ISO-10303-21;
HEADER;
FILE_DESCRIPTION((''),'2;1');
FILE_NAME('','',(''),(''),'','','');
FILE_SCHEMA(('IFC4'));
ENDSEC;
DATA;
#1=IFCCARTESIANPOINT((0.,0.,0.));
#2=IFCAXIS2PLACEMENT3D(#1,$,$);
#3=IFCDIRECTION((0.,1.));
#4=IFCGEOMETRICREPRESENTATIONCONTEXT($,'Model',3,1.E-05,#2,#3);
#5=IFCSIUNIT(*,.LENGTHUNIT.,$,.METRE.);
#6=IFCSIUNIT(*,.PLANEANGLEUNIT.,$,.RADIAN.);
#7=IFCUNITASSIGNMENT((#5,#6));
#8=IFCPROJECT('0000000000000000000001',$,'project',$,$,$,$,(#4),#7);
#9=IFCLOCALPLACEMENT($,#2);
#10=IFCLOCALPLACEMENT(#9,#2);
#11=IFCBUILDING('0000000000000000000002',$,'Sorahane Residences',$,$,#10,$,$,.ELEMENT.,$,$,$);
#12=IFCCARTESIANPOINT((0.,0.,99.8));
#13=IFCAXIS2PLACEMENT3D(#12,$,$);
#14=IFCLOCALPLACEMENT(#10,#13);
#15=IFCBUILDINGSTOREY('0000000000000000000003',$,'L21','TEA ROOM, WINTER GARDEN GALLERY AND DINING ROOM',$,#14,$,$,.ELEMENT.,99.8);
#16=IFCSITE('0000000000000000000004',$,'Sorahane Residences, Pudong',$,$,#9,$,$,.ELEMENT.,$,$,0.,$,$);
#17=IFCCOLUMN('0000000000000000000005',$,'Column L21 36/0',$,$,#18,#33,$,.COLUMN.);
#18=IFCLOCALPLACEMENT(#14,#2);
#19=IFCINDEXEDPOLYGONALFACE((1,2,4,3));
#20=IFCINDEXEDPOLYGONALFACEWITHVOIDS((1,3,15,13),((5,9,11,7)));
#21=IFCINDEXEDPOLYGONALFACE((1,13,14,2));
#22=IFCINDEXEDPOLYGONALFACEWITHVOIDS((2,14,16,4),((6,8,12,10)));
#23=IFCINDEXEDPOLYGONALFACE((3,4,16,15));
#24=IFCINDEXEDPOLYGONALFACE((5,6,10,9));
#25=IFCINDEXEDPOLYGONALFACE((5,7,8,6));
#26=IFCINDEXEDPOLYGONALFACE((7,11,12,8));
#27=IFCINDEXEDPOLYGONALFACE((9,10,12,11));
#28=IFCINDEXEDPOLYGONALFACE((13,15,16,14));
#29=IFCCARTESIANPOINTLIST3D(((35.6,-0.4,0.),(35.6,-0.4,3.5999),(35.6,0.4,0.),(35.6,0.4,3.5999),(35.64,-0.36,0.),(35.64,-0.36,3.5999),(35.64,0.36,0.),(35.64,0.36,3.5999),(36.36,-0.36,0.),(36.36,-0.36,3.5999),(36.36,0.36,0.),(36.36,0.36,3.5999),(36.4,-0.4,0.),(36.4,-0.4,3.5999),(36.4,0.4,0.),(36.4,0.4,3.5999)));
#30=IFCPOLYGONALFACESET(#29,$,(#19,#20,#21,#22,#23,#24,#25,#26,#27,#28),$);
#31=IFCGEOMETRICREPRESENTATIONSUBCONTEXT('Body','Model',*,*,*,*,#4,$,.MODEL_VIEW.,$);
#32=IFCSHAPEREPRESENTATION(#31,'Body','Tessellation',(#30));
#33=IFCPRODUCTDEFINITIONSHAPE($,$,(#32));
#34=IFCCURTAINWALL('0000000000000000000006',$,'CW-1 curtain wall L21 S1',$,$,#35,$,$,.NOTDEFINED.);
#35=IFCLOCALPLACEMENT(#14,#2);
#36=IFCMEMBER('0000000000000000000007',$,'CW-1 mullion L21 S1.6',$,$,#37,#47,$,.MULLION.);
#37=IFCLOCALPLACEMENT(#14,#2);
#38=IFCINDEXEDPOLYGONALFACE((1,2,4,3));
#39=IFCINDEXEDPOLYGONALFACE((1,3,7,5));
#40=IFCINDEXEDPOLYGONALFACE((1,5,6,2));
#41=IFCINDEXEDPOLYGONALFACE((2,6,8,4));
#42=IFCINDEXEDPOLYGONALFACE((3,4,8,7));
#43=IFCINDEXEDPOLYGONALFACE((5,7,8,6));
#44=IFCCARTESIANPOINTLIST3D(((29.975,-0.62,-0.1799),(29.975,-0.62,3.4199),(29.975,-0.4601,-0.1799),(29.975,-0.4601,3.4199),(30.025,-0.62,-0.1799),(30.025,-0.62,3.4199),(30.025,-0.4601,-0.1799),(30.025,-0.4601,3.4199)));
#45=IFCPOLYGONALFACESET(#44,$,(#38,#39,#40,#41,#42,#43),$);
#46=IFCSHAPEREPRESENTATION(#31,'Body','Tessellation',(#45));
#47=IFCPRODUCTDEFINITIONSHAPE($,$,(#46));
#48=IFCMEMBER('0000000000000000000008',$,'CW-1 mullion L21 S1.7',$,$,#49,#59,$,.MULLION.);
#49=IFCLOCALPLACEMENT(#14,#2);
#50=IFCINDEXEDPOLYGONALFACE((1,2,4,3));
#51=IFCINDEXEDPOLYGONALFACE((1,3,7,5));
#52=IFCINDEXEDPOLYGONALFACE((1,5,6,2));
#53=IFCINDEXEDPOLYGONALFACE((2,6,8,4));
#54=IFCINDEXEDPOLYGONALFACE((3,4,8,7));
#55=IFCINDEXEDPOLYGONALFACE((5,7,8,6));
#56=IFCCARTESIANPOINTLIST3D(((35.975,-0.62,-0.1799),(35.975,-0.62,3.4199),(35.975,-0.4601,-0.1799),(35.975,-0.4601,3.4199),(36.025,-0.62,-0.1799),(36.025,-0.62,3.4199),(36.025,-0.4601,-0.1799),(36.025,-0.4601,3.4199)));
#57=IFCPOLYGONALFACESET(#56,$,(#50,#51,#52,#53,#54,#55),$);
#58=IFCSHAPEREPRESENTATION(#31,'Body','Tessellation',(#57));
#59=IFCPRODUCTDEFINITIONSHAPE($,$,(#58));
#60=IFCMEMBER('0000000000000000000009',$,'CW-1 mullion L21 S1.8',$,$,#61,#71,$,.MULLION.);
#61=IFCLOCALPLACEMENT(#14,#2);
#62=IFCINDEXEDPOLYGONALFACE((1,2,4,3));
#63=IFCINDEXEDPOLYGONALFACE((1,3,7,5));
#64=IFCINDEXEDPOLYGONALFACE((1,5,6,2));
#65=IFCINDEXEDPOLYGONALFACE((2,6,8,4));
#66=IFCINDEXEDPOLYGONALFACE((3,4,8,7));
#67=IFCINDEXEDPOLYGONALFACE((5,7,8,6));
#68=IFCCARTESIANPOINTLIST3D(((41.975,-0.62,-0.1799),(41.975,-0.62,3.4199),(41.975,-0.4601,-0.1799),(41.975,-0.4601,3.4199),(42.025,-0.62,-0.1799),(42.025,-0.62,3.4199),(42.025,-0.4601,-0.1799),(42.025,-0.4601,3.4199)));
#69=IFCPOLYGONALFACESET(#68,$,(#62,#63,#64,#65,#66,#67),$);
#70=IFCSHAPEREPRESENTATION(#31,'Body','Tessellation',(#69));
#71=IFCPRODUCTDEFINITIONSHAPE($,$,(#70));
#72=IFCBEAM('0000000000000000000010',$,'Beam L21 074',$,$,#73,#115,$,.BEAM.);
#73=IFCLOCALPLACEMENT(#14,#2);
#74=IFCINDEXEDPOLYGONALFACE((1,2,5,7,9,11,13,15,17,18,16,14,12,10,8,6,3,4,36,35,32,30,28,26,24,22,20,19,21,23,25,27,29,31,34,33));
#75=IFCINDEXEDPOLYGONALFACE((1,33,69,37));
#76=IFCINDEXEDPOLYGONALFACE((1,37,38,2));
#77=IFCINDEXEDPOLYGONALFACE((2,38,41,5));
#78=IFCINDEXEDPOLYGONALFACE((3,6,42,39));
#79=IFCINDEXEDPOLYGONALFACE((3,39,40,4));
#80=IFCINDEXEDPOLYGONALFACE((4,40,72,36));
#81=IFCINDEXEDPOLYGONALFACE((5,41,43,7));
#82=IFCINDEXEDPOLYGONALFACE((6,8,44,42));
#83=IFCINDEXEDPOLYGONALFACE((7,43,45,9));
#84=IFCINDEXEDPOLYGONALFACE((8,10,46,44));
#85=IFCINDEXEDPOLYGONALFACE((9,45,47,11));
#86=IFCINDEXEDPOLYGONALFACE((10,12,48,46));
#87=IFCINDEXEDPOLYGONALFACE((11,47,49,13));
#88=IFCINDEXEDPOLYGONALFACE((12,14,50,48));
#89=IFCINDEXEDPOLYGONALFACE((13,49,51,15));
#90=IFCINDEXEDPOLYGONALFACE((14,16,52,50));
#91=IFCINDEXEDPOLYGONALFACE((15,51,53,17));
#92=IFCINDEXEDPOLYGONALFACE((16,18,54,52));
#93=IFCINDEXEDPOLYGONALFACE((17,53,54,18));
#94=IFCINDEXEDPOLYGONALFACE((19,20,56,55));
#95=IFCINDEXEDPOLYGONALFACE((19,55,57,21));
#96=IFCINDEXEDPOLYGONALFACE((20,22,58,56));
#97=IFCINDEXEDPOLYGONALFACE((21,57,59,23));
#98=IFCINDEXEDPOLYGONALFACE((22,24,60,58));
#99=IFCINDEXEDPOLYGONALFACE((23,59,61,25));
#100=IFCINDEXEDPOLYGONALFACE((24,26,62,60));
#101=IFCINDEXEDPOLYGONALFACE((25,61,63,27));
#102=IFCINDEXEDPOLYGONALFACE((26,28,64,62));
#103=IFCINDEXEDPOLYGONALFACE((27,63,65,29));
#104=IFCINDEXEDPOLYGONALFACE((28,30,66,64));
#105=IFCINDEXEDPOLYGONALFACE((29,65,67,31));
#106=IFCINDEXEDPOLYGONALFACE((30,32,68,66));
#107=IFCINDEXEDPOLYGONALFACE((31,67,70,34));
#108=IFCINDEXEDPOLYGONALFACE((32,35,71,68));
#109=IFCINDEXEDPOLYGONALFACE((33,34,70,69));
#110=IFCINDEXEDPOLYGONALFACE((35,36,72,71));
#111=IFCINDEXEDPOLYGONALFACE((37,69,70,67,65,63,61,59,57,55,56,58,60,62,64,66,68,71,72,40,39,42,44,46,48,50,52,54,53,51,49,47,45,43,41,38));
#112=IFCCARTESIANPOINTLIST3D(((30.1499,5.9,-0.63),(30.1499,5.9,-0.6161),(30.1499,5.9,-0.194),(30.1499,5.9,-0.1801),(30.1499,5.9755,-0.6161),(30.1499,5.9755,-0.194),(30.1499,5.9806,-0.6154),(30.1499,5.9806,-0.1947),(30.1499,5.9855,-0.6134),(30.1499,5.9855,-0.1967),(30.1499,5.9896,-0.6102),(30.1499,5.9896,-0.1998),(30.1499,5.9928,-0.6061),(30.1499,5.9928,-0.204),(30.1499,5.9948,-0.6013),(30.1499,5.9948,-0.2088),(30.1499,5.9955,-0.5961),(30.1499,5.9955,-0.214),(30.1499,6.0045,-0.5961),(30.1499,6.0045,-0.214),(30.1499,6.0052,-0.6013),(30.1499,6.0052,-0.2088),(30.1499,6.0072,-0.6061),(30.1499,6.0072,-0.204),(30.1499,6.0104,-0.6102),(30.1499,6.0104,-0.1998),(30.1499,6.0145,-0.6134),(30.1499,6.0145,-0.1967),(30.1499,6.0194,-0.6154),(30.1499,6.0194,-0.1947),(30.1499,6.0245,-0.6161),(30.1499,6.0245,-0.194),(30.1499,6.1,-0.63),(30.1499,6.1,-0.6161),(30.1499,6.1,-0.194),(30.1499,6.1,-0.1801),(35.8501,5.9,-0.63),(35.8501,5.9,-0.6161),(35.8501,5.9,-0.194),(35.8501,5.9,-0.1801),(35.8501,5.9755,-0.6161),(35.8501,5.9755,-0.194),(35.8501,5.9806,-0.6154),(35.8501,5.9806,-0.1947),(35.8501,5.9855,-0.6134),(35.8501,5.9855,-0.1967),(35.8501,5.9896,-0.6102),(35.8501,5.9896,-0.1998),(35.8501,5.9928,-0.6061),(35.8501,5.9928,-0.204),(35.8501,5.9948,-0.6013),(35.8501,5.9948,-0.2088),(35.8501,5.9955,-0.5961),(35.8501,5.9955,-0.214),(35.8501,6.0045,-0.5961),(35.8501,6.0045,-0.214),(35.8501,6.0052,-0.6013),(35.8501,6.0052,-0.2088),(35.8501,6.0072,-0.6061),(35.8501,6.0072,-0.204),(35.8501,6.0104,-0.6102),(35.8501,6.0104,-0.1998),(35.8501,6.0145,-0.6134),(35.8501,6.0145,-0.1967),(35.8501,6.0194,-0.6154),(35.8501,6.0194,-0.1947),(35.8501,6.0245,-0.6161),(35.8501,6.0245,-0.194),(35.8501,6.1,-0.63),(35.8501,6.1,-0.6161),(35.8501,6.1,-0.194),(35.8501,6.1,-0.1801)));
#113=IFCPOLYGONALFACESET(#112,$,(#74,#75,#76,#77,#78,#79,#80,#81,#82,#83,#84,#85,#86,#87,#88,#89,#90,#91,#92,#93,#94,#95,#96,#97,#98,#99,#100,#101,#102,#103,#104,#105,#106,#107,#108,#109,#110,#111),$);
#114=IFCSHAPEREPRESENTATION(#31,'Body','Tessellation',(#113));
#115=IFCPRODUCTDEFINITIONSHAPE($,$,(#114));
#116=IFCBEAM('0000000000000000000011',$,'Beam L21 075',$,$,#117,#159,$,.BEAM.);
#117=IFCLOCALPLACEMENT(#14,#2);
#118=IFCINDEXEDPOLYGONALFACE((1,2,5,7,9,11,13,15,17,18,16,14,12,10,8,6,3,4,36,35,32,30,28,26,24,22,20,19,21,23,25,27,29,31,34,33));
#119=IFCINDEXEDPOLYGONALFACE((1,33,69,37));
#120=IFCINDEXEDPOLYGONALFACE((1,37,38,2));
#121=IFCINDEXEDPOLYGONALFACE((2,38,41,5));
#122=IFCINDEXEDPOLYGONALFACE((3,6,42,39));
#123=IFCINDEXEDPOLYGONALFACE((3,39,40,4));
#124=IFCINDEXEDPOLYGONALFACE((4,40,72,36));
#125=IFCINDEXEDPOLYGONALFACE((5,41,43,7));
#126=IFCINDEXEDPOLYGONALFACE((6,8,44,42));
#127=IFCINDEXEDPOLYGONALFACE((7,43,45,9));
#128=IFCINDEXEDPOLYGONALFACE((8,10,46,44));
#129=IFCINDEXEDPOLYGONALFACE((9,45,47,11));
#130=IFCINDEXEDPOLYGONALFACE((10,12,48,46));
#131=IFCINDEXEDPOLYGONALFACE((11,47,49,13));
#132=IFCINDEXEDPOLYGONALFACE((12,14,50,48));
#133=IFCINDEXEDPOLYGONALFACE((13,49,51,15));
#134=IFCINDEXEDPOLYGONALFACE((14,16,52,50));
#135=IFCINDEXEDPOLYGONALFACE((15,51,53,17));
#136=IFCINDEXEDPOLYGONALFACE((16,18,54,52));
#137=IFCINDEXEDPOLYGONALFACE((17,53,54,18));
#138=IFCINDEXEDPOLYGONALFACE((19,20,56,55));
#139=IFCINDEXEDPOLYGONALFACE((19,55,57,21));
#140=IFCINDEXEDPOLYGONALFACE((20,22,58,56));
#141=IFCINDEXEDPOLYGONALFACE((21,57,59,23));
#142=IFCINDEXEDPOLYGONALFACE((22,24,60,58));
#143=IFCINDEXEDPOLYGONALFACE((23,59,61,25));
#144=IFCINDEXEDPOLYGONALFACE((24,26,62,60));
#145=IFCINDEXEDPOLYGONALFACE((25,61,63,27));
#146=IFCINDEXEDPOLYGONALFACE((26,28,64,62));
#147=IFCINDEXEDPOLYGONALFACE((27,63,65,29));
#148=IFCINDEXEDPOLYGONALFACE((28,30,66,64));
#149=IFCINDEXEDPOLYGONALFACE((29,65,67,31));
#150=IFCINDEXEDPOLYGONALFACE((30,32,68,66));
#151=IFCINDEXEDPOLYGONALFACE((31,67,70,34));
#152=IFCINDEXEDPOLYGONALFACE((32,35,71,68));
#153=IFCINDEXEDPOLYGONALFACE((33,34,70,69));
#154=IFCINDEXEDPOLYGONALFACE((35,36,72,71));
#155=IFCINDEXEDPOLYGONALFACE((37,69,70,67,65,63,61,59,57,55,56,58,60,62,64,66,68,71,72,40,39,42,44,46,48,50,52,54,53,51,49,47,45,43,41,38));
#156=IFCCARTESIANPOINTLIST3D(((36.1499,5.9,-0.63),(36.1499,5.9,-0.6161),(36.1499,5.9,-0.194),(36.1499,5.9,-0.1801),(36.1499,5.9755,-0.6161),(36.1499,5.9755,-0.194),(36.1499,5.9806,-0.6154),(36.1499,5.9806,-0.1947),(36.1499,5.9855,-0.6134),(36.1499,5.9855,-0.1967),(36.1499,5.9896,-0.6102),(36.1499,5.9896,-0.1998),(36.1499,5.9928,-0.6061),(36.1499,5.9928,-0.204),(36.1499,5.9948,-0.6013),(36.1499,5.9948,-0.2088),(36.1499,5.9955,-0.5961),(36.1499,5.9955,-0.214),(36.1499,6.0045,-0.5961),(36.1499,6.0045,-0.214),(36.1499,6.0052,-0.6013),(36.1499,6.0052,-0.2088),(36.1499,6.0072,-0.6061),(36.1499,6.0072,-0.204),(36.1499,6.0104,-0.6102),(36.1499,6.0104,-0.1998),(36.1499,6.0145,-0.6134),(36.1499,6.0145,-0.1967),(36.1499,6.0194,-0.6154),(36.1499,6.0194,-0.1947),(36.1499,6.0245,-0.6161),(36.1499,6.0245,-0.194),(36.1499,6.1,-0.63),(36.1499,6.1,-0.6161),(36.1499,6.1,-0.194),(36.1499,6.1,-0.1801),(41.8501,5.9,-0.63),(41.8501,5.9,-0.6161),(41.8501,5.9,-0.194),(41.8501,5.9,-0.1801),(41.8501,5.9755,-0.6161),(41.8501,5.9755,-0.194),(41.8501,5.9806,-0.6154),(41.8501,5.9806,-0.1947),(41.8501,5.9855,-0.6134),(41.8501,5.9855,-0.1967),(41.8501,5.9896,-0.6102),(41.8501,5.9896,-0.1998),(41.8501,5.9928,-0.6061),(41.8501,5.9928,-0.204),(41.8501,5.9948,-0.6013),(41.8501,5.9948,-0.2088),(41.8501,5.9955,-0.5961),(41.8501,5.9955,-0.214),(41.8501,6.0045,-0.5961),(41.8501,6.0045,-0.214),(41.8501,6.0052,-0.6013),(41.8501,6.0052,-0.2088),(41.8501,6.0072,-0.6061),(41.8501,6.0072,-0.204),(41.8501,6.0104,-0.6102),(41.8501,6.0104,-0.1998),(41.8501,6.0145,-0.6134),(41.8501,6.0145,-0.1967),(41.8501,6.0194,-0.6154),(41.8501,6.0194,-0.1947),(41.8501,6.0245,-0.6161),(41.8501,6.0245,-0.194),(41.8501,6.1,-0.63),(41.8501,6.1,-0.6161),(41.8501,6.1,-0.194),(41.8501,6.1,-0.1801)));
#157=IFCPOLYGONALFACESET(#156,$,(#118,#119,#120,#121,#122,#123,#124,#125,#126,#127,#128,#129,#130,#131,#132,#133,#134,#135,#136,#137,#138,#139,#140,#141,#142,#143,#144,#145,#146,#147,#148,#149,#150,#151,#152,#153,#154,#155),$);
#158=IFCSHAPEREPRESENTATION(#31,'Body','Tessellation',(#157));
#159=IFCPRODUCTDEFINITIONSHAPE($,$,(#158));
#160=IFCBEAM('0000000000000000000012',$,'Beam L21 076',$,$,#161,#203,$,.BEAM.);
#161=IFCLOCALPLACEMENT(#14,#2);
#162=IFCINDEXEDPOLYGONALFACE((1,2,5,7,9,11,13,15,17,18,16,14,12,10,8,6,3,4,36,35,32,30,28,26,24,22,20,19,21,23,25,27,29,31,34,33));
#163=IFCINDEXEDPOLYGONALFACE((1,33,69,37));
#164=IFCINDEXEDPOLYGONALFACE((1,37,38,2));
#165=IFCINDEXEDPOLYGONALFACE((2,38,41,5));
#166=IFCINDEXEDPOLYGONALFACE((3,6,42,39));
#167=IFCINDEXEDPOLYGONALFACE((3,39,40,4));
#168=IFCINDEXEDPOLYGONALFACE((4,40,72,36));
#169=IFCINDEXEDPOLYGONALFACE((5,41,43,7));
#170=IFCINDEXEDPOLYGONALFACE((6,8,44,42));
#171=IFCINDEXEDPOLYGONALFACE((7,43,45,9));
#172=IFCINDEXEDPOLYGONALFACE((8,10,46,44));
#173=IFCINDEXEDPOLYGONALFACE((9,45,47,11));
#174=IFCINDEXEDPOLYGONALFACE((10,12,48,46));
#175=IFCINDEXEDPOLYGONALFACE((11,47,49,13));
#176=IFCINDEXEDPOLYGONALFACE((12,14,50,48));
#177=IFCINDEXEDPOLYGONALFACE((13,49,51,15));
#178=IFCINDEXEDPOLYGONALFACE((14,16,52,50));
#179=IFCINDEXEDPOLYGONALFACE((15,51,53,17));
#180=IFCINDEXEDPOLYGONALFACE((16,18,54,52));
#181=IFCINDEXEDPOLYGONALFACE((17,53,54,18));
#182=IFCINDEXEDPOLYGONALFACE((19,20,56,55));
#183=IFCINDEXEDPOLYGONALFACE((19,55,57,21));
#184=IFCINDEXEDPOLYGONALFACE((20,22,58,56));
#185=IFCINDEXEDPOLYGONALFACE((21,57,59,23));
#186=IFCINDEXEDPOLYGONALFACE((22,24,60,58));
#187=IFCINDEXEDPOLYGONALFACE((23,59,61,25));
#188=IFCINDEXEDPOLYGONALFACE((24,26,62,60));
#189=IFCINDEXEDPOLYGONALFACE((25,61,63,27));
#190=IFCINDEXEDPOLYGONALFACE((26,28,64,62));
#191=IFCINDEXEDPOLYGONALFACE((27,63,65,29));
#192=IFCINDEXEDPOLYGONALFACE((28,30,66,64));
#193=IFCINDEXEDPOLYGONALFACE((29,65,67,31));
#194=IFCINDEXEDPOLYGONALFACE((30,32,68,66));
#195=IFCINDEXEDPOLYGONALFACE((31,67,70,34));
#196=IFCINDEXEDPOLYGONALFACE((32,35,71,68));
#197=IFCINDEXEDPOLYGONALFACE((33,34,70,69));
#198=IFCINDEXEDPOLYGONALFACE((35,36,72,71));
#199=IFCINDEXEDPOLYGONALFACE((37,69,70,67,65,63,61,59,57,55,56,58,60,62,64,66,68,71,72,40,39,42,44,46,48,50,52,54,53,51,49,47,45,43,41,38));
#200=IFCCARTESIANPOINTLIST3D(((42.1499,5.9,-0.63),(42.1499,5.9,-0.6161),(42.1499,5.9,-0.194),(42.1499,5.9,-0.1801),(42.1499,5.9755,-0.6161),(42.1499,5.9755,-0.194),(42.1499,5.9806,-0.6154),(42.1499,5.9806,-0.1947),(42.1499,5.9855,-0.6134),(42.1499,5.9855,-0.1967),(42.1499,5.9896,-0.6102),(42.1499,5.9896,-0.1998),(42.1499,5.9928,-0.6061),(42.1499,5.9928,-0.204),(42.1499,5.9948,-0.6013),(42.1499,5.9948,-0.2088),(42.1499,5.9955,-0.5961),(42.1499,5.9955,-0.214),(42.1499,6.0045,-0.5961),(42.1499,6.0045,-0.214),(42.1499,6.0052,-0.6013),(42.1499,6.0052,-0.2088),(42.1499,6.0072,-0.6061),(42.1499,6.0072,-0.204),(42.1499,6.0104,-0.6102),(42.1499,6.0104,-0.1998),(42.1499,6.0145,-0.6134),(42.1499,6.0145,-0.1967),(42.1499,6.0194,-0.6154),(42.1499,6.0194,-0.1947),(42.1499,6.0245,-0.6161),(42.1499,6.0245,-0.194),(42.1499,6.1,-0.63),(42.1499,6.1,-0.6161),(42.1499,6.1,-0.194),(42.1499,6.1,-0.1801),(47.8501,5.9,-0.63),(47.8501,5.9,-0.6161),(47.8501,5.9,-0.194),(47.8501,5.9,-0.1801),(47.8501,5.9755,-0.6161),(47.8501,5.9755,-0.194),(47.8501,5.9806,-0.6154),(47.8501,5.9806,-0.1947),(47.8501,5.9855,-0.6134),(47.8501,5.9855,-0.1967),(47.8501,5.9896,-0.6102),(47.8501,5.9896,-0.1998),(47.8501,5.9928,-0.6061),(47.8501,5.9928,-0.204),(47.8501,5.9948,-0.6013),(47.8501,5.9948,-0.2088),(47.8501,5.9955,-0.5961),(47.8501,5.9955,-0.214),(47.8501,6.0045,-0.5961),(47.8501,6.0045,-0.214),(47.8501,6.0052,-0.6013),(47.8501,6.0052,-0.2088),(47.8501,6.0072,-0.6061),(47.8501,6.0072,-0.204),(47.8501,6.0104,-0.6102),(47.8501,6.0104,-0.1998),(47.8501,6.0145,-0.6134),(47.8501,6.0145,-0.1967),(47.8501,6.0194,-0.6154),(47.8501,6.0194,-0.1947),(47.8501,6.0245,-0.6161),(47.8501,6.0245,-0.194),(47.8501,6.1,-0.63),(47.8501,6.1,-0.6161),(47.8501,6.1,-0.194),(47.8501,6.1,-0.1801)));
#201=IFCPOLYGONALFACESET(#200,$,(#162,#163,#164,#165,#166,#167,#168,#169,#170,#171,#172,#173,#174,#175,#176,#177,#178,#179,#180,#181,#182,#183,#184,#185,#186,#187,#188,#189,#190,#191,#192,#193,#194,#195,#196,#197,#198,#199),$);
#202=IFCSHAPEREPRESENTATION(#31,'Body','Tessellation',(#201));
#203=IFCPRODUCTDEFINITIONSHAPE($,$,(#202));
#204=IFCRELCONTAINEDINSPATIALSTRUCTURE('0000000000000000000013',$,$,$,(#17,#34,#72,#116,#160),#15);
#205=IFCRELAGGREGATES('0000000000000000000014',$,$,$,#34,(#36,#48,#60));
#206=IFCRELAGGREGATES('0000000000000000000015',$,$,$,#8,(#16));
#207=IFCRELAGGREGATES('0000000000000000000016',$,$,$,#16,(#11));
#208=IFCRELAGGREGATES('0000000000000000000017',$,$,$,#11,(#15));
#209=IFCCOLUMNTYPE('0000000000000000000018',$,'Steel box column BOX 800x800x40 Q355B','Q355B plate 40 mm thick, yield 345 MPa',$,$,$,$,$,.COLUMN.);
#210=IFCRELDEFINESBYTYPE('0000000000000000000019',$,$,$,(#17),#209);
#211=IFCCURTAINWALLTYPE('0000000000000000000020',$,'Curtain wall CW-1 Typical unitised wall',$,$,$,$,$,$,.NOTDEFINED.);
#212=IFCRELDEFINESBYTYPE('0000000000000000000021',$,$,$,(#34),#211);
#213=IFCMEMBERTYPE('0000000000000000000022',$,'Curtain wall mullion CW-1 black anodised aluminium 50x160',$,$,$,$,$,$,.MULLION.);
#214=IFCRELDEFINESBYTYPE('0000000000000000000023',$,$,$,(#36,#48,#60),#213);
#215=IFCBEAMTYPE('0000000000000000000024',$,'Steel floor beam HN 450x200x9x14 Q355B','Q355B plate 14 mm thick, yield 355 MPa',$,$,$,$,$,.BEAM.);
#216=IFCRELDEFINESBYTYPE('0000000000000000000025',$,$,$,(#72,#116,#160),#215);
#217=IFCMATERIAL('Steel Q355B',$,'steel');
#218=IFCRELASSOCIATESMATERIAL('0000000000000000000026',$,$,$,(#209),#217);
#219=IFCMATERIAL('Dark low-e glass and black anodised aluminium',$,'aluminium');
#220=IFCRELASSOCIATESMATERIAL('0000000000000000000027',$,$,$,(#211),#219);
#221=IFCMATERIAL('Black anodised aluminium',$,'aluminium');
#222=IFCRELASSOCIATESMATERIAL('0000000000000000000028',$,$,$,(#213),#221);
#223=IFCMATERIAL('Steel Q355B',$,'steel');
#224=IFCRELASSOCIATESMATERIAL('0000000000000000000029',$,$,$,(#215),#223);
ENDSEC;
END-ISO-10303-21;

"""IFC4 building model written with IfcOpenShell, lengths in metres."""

from ifc_helpers import new_model, si_unit, direction, frame, origin, origin_2d, place, context, subcontext, project, spatial, rectangle, hollow_rectangle, i_section, extrude, material, material_profile, profile_set, type_object, element, aggregate, save


model = new_model("IFC4")

# Units and contexts
model_context = context("Model", 3, precision=1e-05, world=origin(), true_north=direction((0.0, 1.0)))
body_context = subcontext(model_context, "Body", "Model", "MODEL_VIEW")
ifc_project = project(units=[si_unit("LENGTHUNIT", "METRE"), si_unit("PLANEANGLEUNIT", "RADIAN")], contexts=[model_context])

# Site, building, storey
site_placement = place(None, origin())
site = spatial("IfcSite", under=ifc_project, at=site_placement, Name="Sorahane Residences, Pudong", CompositionType="ELEMENT", RefElevation=0.0)
building_placement = place(site_placement, origin())
building = spatial("IfcBuilding", under=site, at=building_placement, Name="Sorahane Residences", CompositionType="ELEMENT")
storey_placement = place(building_placement, frame((0.0, 0.0, 99.8)))
storey = spatial("IfcBuildingStorey", under=building, at=storey_placement, Name="L21", Description="TEA ROOM, WINTER GARDEN GALLERY AND DINING ROOM", CompositionType="ELEMENT", Elevation=99.8)

# Column
ifc_material_1 = material(Name="Steel Q355B", Category="steel")
ifc_material_profile_1 = material_profile(ifc_material_1, hollow_rectangle(XDim=0.8, YDim=0.8, WallThickness=0.04, at=origin_2d()), Name="BOX 800x800x40")
ifc_profile_set_1 = profile_set([ifc_material_profile_1], Name="Steel Q355B")
column_type = type_object("IfcColumnType", Name="Steel box column BOX 800x800x40 Q355B", Description="Q355B plate 40 mm thick, yield 345 MPa", PredefinedType="COLUMN", material=ifc_profile_set_1)
column_placement = place(storey_placement, frame((36.0, 0.0, 0.0), z_axis=(0.0, 0.0, 1.0), x_axis=(1.0, 0.0, 0.0)))
element("IfcColumn", 1, at=column_placement, inside=storey, type_object=column_type, Name="Column L21 36/0", PredefinedType="COLUMN", context=body_context, shape_type="SweptSolid", body=[
    extrude(hollow_rectangle(XDim=0.8, YDim=0.8, WallThickness=0.04, at=origin_2d()), origin(), (0.0, 0.0, 1.0), 3.5999),
])

# Curtain wall, members
ifc_material_2 = material(Name="Dark low-e glass and black anodised aluminium", Category="aluminium")
curtain_wall_type = type_object("IfcCurtainWallType", Name="Curtain wall CW-1 Typical unitised wall", PredefinedType="NOTDEFINED", material=ifc_material_2)
curtain_wall_placement = place(storey_placement, origin())
curtain_wall = element("IfcCurtainWall", 2, at=curtain_wall_placement, inside=storey, type_object=curtain_wall_type, Name="CW-1 curtain wall L21 S1", PredefinedType="NOTDEFINED")
ifc_material_3 = material(Name="Black anodised aluminium", Category="aluminium")
ifc_material_profile_2 = material_profile(ifc_material_3, rectangle(XDim=0.1599, YDim=0.05, at=origin_2d()), Name="Curtain wall mullion CW-1 black anodised aluminium 50x160")
ifc_profile_set_2 = profile_set([ifc_material_profile_2], Name="Black anodised aluminium")
member_type = type_object("IfcMemberType", Name="Curtain wall mullion CW-1 black anodised aluminium 50x160", PredefinedType="MULLION", material=ifc_profile_set_2)
member_1_placement = place(storey_placement, frame((30.0, -0.54, -0.1799), z_axis=(0.0, 0.0, 1.0), x_axis=(0.0, -1.0, 0.0)))
member_1 = element("IfcMember", 3, at=member_1_placement, type_object=member_type, Name="CW-1 mullion L21 S1.6", PredefinedType="MULLION", context=body_context, shape_type="SweptSolid", body=[
    extrude(rectangle(XDim=0.1599, YDim=0.05, at=origin_2d()), origin(), (0.0, 0.0, 1.0), 3.5999),
])
member_2_placement = place(storey_placement, frame((36.0, -0.54, -0.1799), z_axis=(0.0, 0.0, 1.0), x_axis=(0.0, -1.0, 0.0)))
member_2 = element("IfcMember", 4, at=member_2_placement, type_object=member_type, Name="CW-1 mullion L21 S1.7", PredefinedType="MULLION", context=body_context, shape_type="SweptSolid", body=[
    extrude(rectangle(XDim=0.1599, YDim=0.05, at=origin_2d()), origin(), (0.0, 0.0, 1.0), 3.5999),
])
member_3_placement = place(storey_placement, frame((42.0, -0.54, -0.1799), z_axis=(0.0, 0.0, 1.0), x_axis=(0.0, -1.0, 0.0)))
member_3 = element("IfcMember", 5, at=member_3_placement, type_object=member_type, Name="CW-1 mullion L21 S1.8", PredefinedType="MULLION", context=body_context, shape_type="SweptSolid", body=[
    extrude(rectangle(XDim=0.1599, YDim=0.05, at=origin_2d()), origin(), (0.0, 0.0, 1.0), 3.5999),
])

# Beams
ifc_material_4 = material(Name="Steel Q355B", Category="steel")
ifc_material_profile_3 = material_profile(ifc_material_4, i_section(OverallWidth=0.2, OverallDepth=0.45, WebThickness=0.009, FlangeThickness=0.0139, FilletRadius=0.02, at=origin_2d()), Name="HN 450x200x9x14")
ifc_profile_set_3 = profile_set([ifc_material_profile_3], Name="Steel Q355B")
beam_type_1 = type_object("IfcBeamType", Name="Steel floor beam HN 450x200x9x14 Q355B", Description="Q355B plate 14 mm thick, yield 355 MPa", PredefinedType="BEAM", material=ifc_profile_set_3)
for number, where, z_axis, x_axis, name in (
    (6, (30.1499, 6.0, -0.405), (1.0, 0.0, 0.0), (0.0, 1.0, 0.0), "Beam L21 074"),
    (7, (36.1499, 6.0, -0.405), (1.0, 0.0, 0.0), (0.0, 1.0, 0.0), "Beam L21 075"),
    (8, (42.1499, 6.0, -0.405), (1.0, 0.0, 0.0), (0.0, 1.0, 0.0), "Beam L21 076"),
):
    element("IfcBeam", number, at=place(storey_placement, frame(where, z_axis=z_axis, x_axis=x_axis)), inside=storey, type_object=beam_type_1, Name=name, PredefinedType="BEAM", context=body_context, shape_type="SweptSolid", body=[
        extrude(i_section(OverallWidth=0.2, OverallDepth=0.45, WebThickness=0.009, FlangeThickness=0.0139, FilletRadius=0.02, at=origin_2d()), origin(), (0.0, 0.0, 1.0), 5.7002),
    ])

aggregate(curtain_wall, [member_1, member_2, member_3])

save(model, "model.ifc")
